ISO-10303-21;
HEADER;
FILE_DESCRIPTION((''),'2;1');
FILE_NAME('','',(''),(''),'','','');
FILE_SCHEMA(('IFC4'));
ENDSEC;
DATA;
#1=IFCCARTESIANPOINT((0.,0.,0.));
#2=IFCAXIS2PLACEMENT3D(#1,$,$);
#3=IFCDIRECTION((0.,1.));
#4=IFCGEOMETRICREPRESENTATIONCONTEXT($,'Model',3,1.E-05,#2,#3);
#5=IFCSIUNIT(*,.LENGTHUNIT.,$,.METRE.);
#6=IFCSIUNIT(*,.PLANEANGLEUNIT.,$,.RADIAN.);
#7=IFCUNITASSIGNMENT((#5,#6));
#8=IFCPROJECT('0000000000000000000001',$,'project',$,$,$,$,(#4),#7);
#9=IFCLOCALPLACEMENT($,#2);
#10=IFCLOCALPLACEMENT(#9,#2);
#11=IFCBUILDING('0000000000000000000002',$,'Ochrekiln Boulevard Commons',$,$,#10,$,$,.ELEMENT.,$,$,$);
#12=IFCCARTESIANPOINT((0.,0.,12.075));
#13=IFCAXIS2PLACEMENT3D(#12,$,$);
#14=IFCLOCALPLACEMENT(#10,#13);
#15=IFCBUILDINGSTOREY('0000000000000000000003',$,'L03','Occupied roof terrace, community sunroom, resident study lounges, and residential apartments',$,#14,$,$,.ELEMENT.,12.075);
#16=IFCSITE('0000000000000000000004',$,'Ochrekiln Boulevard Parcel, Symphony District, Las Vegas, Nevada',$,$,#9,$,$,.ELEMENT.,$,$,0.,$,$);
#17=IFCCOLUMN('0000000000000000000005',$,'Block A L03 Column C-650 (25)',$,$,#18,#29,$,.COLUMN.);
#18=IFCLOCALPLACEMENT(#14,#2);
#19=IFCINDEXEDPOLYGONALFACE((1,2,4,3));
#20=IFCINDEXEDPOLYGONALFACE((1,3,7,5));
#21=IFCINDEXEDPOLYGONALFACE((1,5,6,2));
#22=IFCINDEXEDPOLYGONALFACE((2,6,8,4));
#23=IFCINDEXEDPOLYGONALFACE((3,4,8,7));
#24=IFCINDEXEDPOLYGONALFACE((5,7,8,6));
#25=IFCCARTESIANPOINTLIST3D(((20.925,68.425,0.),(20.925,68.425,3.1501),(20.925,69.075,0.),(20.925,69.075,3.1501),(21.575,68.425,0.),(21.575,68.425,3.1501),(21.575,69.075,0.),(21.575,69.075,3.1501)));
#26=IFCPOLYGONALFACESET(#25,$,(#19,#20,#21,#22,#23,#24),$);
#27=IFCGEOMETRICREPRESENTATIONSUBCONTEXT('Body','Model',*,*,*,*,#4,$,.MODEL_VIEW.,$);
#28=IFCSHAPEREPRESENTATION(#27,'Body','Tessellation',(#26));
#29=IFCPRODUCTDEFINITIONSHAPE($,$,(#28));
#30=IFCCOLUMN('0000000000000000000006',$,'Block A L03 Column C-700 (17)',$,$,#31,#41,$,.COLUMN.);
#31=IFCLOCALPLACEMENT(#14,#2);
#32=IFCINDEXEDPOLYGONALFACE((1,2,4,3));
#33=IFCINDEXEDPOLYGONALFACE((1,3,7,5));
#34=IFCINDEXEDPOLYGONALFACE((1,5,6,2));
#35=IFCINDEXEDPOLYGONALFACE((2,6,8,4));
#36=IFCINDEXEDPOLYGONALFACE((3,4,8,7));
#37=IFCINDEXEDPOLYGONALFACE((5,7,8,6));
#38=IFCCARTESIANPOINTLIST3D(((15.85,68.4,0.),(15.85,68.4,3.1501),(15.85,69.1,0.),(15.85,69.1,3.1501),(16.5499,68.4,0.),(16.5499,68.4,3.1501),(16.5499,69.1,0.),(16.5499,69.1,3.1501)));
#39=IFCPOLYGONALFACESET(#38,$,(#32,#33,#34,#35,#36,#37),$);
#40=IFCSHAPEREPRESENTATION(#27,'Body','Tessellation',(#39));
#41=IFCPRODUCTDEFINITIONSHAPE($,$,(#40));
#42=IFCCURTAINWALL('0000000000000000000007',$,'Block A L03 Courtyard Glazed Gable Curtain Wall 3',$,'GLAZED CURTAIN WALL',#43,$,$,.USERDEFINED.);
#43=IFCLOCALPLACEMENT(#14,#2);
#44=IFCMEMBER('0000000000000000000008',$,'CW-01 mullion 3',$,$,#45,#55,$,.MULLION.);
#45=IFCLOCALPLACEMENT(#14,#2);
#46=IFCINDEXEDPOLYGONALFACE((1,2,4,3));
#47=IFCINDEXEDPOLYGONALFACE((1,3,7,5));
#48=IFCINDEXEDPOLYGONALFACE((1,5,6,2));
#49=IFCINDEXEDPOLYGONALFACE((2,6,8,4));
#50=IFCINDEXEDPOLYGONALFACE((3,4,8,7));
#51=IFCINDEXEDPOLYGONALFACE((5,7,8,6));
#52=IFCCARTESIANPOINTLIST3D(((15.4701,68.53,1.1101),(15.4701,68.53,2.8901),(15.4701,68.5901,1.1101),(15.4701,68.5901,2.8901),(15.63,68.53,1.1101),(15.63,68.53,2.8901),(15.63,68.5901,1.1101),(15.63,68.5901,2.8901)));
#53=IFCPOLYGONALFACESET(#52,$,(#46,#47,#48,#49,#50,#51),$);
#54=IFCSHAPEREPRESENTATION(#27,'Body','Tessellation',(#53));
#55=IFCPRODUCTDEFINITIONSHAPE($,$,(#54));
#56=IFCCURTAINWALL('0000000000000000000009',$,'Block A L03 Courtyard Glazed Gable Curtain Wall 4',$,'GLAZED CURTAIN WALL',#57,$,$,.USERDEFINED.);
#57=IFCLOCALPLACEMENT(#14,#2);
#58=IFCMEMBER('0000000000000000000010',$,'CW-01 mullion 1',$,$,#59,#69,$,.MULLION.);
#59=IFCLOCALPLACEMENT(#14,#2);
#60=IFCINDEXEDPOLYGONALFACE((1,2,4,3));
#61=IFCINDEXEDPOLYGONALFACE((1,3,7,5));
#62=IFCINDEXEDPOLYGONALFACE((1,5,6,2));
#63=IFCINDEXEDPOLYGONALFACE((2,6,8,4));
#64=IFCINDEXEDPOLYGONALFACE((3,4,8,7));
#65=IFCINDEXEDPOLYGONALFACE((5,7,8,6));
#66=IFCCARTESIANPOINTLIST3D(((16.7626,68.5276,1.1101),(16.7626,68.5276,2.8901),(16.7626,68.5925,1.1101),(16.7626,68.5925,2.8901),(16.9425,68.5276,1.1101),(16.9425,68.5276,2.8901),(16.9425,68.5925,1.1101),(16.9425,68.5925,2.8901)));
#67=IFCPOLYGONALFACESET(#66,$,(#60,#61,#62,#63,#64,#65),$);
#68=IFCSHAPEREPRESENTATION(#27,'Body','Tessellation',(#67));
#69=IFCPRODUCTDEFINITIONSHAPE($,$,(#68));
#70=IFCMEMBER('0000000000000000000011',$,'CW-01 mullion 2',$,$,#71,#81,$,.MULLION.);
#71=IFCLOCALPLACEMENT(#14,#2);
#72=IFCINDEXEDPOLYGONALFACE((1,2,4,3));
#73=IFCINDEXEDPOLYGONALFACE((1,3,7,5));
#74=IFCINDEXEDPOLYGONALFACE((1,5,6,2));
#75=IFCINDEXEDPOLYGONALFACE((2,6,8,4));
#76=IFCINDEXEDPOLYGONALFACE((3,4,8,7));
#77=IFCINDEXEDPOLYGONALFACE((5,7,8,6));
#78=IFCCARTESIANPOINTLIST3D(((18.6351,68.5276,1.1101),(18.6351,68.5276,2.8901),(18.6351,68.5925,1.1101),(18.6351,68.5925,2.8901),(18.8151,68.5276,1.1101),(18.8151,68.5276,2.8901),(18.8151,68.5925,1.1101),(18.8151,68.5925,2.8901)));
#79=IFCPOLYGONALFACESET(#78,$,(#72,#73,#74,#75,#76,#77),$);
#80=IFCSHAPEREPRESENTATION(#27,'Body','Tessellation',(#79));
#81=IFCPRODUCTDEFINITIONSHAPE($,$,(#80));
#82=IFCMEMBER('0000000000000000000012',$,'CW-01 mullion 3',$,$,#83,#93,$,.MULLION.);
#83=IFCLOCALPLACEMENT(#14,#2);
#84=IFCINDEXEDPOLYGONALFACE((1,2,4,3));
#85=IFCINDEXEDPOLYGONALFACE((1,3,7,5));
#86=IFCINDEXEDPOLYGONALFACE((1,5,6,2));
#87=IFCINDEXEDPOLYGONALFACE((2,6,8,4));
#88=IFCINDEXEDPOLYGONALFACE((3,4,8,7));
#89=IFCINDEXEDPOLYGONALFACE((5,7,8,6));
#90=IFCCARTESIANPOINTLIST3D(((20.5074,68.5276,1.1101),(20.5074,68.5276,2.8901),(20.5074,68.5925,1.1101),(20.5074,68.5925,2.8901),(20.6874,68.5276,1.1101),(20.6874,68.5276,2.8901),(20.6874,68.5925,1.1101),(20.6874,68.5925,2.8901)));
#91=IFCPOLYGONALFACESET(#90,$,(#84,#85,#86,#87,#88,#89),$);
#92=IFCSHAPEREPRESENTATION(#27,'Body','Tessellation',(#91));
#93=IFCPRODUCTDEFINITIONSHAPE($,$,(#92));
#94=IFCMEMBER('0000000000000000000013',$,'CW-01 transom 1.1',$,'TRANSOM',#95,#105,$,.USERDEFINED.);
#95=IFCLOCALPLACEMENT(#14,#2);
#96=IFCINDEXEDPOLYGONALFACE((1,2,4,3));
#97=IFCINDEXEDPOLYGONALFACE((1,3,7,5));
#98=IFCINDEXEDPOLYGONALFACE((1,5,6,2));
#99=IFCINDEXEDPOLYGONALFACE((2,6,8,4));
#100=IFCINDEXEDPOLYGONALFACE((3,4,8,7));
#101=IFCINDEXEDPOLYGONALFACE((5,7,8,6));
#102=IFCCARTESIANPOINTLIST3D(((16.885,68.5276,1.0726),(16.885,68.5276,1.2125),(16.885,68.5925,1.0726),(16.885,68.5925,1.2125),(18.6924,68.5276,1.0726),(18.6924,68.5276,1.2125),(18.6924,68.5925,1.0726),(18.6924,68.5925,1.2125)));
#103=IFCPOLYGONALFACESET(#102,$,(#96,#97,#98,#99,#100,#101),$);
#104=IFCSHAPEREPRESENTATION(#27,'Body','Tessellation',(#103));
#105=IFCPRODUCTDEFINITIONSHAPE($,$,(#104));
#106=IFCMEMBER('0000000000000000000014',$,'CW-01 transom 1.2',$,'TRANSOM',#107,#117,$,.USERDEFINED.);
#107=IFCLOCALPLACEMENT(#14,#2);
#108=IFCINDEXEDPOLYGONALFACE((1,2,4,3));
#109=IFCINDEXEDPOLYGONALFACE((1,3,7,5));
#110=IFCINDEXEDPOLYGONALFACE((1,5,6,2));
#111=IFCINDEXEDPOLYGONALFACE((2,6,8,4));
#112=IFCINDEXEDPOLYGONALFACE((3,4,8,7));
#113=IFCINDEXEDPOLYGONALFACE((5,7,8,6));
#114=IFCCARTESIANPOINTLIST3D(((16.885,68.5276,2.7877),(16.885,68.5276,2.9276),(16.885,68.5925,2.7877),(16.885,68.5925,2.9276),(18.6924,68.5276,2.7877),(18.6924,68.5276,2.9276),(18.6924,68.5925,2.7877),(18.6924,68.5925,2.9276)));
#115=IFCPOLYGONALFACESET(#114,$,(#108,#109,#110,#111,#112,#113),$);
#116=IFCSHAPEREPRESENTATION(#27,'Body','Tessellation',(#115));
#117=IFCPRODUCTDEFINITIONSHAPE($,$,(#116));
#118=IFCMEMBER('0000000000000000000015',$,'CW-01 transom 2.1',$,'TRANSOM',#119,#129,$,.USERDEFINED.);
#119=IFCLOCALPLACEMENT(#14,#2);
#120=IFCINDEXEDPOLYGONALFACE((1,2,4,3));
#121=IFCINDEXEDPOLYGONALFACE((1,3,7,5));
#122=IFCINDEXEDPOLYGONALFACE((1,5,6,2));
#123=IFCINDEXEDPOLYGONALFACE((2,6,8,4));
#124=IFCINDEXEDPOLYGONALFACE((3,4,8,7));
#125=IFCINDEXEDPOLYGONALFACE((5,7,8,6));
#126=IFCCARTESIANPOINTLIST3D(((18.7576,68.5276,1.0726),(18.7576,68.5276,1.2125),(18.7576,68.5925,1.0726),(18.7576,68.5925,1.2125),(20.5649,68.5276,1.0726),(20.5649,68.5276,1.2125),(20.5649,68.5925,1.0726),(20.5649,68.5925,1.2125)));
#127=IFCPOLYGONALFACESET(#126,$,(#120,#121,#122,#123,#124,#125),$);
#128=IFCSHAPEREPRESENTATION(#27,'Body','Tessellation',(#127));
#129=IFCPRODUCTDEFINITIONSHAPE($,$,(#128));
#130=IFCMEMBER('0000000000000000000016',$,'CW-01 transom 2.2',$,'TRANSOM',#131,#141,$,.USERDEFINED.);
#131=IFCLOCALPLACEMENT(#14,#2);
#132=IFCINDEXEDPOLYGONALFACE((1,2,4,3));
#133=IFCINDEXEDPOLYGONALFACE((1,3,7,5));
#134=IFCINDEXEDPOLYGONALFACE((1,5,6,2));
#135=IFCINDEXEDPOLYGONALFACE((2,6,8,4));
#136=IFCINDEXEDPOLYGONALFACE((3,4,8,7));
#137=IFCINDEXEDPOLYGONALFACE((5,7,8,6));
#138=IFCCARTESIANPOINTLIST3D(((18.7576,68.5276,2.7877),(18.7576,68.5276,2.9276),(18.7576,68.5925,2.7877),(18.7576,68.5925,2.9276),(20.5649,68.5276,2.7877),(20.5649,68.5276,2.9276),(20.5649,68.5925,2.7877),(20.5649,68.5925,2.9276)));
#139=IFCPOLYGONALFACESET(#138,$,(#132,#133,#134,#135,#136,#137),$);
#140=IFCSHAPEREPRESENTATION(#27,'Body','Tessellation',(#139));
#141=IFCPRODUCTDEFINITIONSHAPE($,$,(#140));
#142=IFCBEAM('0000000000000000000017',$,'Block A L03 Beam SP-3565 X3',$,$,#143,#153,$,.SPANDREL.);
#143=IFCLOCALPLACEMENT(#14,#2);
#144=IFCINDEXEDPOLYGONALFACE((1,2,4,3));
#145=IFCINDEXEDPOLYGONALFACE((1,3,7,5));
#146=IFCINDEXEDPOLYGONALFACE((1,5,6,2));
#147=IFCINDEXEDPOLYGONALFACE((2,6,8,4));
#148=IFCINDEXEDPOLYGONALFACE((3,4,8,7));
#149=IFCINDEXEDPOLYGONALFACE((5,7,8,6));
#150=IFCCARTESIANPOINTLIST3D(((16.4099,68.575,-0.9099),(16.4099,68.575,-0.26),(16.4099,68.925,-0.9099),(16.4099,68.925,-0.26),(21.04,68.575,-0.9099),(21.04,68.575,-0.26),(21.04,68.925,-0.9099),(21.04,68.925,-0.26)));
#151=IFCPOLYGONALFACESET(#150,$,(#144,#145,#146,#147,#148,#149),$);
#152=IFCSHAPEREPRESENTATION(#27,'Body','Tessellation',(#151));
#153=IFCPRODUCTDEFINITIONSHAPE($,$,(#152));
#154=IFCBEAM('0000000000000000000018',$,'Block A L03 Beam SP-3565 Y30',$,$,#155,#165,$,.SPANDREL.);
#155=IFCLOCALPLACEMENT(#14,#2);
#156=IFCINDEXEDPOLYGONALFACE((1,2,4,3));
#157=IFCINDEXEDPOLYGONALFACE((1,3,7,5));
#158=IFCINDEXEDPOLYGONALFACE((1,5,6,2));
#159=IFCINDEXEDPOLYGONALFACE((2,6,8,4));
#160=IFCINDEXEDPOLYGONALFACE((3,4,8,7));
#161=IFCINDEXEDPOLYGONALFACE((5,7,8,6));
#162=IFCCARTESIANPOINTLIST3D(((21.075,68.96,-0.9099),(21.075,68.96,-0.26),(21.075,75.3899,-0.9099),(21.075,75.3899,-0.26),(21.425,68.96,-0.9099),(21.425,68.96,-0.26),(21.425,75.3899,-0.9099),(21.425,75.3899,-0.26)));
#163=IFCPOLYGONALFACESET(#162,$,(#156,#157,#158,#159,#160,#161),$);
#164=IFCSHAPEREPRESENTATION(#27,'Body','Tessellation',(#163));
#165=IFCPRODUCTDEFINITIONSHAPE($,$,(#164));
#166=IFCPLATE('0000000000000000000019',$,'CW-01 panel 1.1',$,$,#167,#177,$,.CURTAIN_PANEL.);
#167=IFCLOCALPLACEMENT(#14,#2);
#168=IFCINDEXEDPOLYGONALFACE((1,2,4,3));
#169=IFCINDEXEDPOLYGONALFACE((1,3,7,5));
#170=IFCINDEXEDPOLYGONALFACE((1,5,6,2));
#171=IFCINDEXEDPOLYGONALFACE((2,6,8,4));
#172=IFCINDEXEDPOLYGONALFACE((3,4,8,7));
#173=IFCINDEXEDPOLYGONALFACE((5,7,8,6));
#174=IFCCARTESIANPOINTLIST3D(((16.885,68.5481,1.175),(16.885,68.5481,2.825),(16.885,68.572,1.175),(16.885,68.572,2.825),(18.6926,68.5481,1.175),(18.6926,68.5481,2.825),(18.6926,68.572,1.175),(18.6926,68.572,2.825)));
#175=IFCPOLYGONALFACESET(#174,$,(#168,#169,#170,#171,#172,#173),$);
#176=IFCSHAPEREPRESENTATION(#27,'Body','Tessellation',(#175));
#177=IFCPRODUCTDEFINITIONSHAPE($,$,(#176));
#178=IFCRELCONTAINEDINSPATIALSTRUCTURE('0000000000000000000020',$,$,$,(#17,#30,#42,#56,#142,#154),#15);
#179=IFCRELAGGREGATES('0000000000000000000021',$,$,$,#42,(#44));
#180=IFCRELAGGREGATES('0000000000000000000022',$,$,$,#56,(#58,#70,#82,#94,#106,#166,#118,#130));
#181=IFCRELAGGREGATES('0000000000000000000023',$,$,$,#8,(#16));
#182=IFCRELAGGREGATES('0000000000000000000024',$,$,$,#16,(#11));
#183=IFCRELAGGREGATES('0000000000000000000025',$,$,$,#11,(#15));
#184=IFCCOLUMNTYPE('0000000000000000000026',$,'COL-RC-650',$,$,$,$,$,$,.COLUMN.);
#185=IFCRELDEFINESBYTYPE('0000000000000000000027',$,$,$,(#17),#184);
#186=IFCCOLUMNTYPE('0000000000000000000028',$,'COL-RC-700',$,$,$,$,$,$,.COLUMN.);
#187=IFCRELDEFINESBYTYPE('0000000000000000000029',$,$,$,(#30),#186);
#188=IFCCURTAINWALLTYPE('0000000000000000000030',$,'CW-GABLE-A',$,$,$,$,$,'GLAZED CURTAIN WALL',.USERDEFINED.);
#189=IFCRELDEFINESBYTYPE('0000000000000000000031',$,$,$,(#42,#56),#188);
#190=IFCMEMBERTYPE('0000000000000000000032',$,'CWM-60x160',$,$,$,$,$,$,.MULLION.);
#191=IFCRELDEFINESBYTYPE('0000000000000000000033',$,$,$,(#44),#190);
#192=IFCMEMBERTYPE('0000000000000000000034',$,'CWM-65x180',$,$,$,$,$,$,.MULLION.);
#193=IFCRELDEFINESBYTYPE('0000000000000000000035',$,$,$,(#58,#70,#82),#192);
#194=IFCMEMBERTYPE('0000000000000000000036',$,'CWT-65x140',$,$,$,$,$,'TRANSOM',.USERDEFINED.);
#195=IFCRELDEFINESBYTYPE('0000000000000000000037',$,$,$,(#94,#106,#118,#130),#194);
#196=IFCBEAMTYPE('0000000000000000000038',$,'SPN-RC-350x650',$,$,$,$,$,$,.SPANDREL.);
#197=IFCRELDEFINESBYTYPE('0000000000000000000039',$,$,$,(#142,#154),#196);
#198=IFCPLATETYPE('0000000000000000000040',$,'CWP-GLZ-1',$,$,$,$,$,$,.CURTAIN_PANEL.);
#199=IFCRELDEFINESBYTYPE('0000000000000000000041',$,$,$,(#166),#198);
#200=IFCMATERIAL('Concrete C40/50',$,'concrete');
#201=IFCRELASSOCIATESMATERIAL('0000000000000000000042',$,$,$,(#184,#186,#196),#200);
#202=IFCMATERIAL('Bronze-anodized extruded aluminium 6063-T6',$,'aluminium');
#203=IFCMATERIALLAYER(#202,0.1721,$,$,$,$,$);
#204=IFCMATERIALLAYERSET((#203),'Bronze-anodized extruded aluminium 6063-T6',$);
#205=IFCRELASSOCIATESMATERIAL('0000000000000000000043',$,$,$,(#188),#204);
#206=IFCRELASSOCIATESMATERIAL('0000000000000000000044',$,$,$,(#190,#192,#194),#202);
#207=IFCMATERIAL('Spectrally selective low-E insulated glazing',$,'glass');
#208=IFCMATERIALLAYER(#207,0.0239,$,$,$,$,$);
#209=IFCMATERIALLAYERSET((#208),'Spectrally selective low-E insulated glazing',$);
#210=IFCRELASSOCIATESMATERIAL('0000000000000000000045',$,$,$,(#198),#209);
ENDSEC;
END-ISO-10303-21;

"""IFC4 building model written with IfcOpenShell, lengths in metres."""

from ifc_helpers import new_model, si_unit, direction, frame, origin, origin_2d, place, context, subcontext, project, spatial, rectangle, extrude, material, layer, layer_set, material_profile, profile_set, type_object, element, aggregate, save


model = new_model("IFC4")

# Units and contexts
model_context = context("Model", 3, precision=1e-05, world=origin(), true_north=direction((0.0, 1.0)))
body_context = subcontext(model_context, "Body", "Model", "MODEL_VIEW")
ifc_project = project(units=[si_unit("LENGTHUNIT", "METRE"), si_unit("PLANEANGLEUNIT", "RADIAN")], contexts=[model_context])

# Site, building, storey
site_placement = place(None, origin())
site = spatial("IfcSite", under=ifc_project, at=site_placement, Name="Ochrekiln Boulevard Parcel, Symphony District, Las Vegas, Nevada", CompositionType="ELEMENT", RefElevation=0.0)
building_placement = place(site_placement, origin())
building = spatial("IfcBuilding", under=site, at=building_placement, Name="Ochrekiln Boulevard Commons", CompositionType="ELEMENT")
storey_placement = place(building_placement, frame((0.0, 0.0, 12.075)))
storey = spatial("IfcBuildingStorey", under=building, at=storey_placement, Name="L03", Description="Occupied roof terrace, community sunroom, resident study lounges, and residential apartments", CompositionType="ELEMENT", Elevation=12.075)

# Columns
ifc_material_1 = material(Name="Concrete C40/50", Category="concrete")
ifc_material_profile_1 = material_profile(ifc_material_1, rectangle(XDim=0.6499, YDim=0.6499, at=origin_2d()), Name="RC-COL-650x650")
ifc_profile_set_1 = profile_set([ifc_material_profile_1], Name="Concrete C40/50")
column_type_1 = type_object("IfcColumnType", Name="COL-RC-650", PredefinedType="COLUMN", material=ifc_profile_set_1)
column_1_placement = place(storey_placement, frame((21.25, 68.75, 0.0), z_axis=(0.0, 0.0, 1.0), x_axis=(1.0, 0.0, 0.0)))
element("IfcColumn", 1, at=column_1_placement, inside=storey, type_object=column_type_1, Name="Block A L03 Column C-650 (25)", PredefinedType="COLUMN", context=body_context, shape_type="SweptSolid", body=[
    extrude(rectangle(XDim=0.6499, YDim=0.6499, at=origin_2d()), origin(), (0.0, 0.0, 1.0), 3.1501),
])
ifc_material_profile_2 = material_profile(ifc_material_1, rectangle(XDim=0.7, YDim=0.7, at=origin_2d()), Name="RC-COL-700x700")
ifc_profile_set_2 = profile_set([ifc_material_profile_2], Name="Concrete C40/50")
column_type_2 = type_object("IfcColumnType", Name="COL-RC-700", PredefinedType="COLUMN", material=ifc_profile_set_2)
column_2_placement = place(storey_placement, frame((16.2, 68.75, 0.0), z_axis=(0.0, 0.0, 1.0), x_axis=(1.0, 0.0, 0.0)))
element("IfcColumn", 2, at=column_2_placement, inside=storey, type_object=column_type_2, Name="Block A L03 Column C-700 (17)", PredefinedType="COLUMN", context=body_context, shape_type="SweptSolid", body=[
    extrude(rectangle(XDim=0.7, YDim=0.7, at=origin_2d()), origin(), (0.0, 0.0, 1.0), 3.1501),
])

# Curtain wall, member
ifc_material_2 = material(Name="Bronze-anodized extruded aluminium 6063-T6", Category="aluminium")
ifc_layer_1 = layer(ifc_material_2, 0.1721)
ifc_layer_set_1 = layer_set([ifc_layer_1], Name="Bronze-anodized extruded aluminium 6063-T6")
curtain_wall_type = type_object("IfcCurtainWallType", Name="CW-GABLE-A", ElementType="GLAZED CURTAIN WALL", PredefinedType="USERDEFINED", material=ifc_layer_set_1)
curtain_wall_1_placement = place(storey_placement, origin())
curtain_wall_1 = element("IfcCurtainWall", 3, at=curtain_wall_1_placement, inside=storey, type_object=curtain_wall_type, Name="Block A L03 Courtyard Glazed Gable Curtain Wall 3", ObjectType="GLAZED CURTAIN WALL", PredefinedType="USERDEFINED")
ifc_material_profile_3 = material_profile(ifc_material_2, rectangle(XDim=0.0601, YDim=0.1599, at=origin_2d()), Name="ALU-MUL-60x160")
ifc_profile_set_3 = profile_set([ifc_material_profile_3], Name="Bronze-anodized extruded aluminium 6063-T6")
member_type_1 = type_object("IfcMemberType", Name="CWM-60x160", PredefinedType="MULLION", material=ifc_profile_set_3)
member_1_placement = place(storey_placement, frame((15.55, 68.5601, 1.1101), z_axis=(0.0, 0.0, 1.0), x_axis=(0.0, 1.0, 0.0)))
member_1 = element("IfcMember", 4, at=member_1_placement, type_object=member_type_1, Name="CW-01 mullion 3", PredefinedType="MULLION", context=body_context, shape_type="SweptSolid", body=[
    extrude(rectangle(XDim=0.0601, YDim=0.1599, at=origin_2d()), origin(), (0.0, 0.0, 1.0), 1.78),
])
aggregate(curtain_wall_1, [member_1])

# Curtain wall, members
curtain_wall_2_placement = place(storey_placement, origin())
curtain_wall_2 = element("IfcCurtainWall", 5, at=curtain_wall_2_placement, inside=storey, type_object=curtain_wall_type, Name="Block A L03 Courtyard Glazed Gable Curtain Wall 4", ObjectType="GLAZED CURTAIN WALL", PredefinedType="USERDEFINED")
ifc_material_profile_4 = material_profile(ifc_material_2, rectangle(XDim=0.0649, YDim=0.1799, at=origin_2d()), Name="ALU-MUL-65x180")
ifc_profile_set_4 = profile_set([ifc_material_profile_4], Name="Bronze-anodized extruded aluminium 6063-T6")
member_type_2 = type_object("IfcMemberType", Name="CWM-65x180", PredefinedType="MULLION", material=ifc_profile_set_4)
member_2_placement = place(storey_placement, frame((16.8525, 68.5601, 1.1101), z_axis=(0.0, 0.0, 1.0), x_axis=(0.0, 1.0, 0.0)))
member_2 = element("IfcMember", 6, at=member_2_placement, type_object=member_type_2, Name="CW-01 mullion 1", PredefinedType="MULLION", context=body_context, shape_type="SweptSolid", body=[
    extrude(rectangle(XDim=0.0649, YDim=0.1799, at=origin_2d()), origin(), (0.0, 0.0, 1.0), 1.78),
])
member_3_placement = place(storey_placement, frame((18.7251, 68.5601, 1.1101), z_axis=(0.0, 0.0, 1.0), x_axis=(0.0, 1.0, 0.0)))
member_3 = element("IfcMember", 7, at=member_3_placement, type_object=member_type_2, Name="CW-01 mullion 2", PredefinedType="MULLION", context=body_context, shape_type="SweptSolid", body=[
    extrude(rectangle(XDim=0.0649, YDim=0.1799, at=origin_2d()), origin(), (0.0, 0.0, 1.0), 1.78),
])
member_4_placement = place(storey_placement, frame((20.5974, 68.5601, 1.1101), z_axis=(0.0, 0.0, 1.0), x_axis=(0.0, 1.0, 0.0)))
member_4 = element("IfcMember", 8, at=member_4_placement, type_object=member_type_2, Name="CW-01 mullion 3", PredefinedType="MULLION", context=body_context, shape_type="SweptSolid", body=[
    extrude(rectangle(XDim=0.0649, YDim=0.1799, at=origin_2d()), origin(), (0.0, 0.0, 1.0), 1.78),
])
ifc_material_profile_5 = material_profile(ifc_material_2, rectangle(XDim=0.0649, YDim=0.1399, at=origin_2d()), Name="ALU-TRN-65x140")
ifc_profile_set_5 = profile_set([ifc_material_profile_5], Name="Bronze-anodized extruded aluminium 6063-T6")
member_type_3 = type_object("IfcMemberType", Name="CWT-65x140", ElementType="TRANSOM", PredefinedType="USERDEFINED", material=ifc_profile_set_5)
member_5_placement = place(storey_placement, frame((16.885, 68.5601, 1.1426), z_axis=(1.0, 0.0, 0.0), x_axis=(0.0, 1.0, 0.0)))
member_5 = element("IfcMember", 9, at=member_5_placement, type_object=member_type_3, Name="CW-01 transom 1.1", ObjectType="TRANSOM", PredefinedType="USERDEFINED", context=body_context, shape_type="SweptSolid", body=[
    extrude(rectangle(XDim=0.0649, YDim=0.1399, at=origin_2d()), origin(), (0.0, 0.0, 1.0), 1.8074),
])
member_6_placement = place(storey_placement, frame((16.885, 68.5601, 2.8577), z_axis=(1.0, 0.0, 0.0), x_axis=(0.0, 1.0, 0.0)))
member_6 = element("IfcMember", 10, at=member_6_placement, type_object=member_type_3, Name="CW-01 transom 1.2", ObjectType="TRANSOM", PredefinedType="USERDEFINED", context=body_context, shape_type="SweptSolid", body=[
    extrude(rectangle(XDim=0.0649, YDim=0.1399, at=origin_2d()), origin(), (0.0, 0.0, 1.0), 1.8074),
])
member_7_placement = place(storey_placement, frame((18.7576, 68.5601, 1.1426), z_axis=(1.0, 0.0, 0.0), x_axis=(0.0, 1.0, 0.0)))
member_7 = element("IfcMember", 11, at=member_7_placement, type_object=member_type_3, Name="CW-01 transom 2.1", ObjectType="TRANSOM", PredefinedType="USERDEFINED", context=body_context, shape_type="SweptSolid", body=[
    extrude(rectangle(XDim=0.0649, YDim=0.1399, at=origin_2d()), origin(), (0.0, 0.0, 1.0), 1.8074),
])
member_8_placement = place(storey_placement, frame((18.7576, 68.5601, 2.8577), z_axis=(1.0, 0.0, 0.0), x_axis=(0.0, 1.0, 0.0)))
member_8 = element("IfcMember", 12, at=member_8_placement, type_object=member_type_3, Name="CW-01 transom 2.2", ObjectType="TRANSOM", PredefinedType="USERDEFINED", context=body_context, shape_type="SweptSolid", body=[
    extrude(rectangle(XDim=0.0649, YDim=0.1399, at=origin_2d()), origin(), (0.0, 0.0, 1.0), 1.8074),
])

# Beams
ifc_material_profile_6 = material_profile(ifc_material_1, rectangle(XDim=0.3501, YDim=0.6499, at=origin_2d()), Name="RC-SPN-350x650")
ifc_profile_set_6 = profile_set([ifc_material_profile_6], Name="Concrete C40/50")
beam_type = type_object("IfcBeamType", Name="SPN-RC-350x650", PredefinedType="SPANDREL", material=ifc_profile_set_6)
beam_1_placement = place(storey_placement, frame((16.4099, 68.75, -0.585), z_axis=(1.0, 0.0, 0.0), x_axis=(0.0, 1.0, 0.0)))
element("IfcBeam", 13, at=beam_1_placement, inside=storey, type_object=beam_type, Name="Block A L03 Beam SP-3565 X3", PredefinedType="SPANDREL", context=body_context, shape_type="SweptSolid", body=[
    extrude(rectangle(XDim=0.3501, YDim=0.6499, at=origin_2d()), origin(), (0.0, 0.0, 1.0), 4.6301),
])
beam_2_placement = place(storey_placement, frame((21.25, 68.96, -0.585), z_axis=(0.0, 1.0, 0.0), x_axis=(-1.0, 0.0, 0.0)))
element("IfcBeam", 14, at=beam_2_placement, inside=storey, type_object=beam_type, Name="Block A L03 Beam SP-3565 Y30", PredefinedType="SPANDREL", context=body_context, shape_type="SweptSolid", body=[
    extrude(rectangle(XDim=0.3501, YDim=0.6499, at=origin_2d()), origin(), (0.0, 0.0, 1.0), 6.4299),
])

# Plate
ifc_material_3 = material(Name="Spectrally selective low-E insulated glazing", Category="glass")
ifc_layer_2 = layer(ifc_material_3, 0.0239)
ifc_layer_set_2 = layer_set([ifc_layer_2], Name="Spectrally selective low-E insulated glazing")
plate_type = type_object("IfcPlateType", Name="CWP-GLZ-1", PredefinedType="CURTAIN_PANEL", material=ifc_layer_set_2)
plate_1_placement = place(storey_placement, frame((17.7888, 68.5601, 1.175), z_axis=(0.0, 0.0, 1.0), x_axis=(1.0, 0.0, 0.0)))
plate_1 = element("IfcPlate", 15, at=plate_1_placement, type_object=plate_type, Name="CW-01 panel 1.1", PredefinedType="CURTAIN_PANEL", context=body_context, shape_type="SweptSolid", body=[
    extrude(rectangle(XDim=1.8076, YDim=0.0239, at=origin_2d()), origin(), (0.0, 0.0, 1.0), 1.6499),
])
aggregate(curtain_wall_2, [member_2, member_3, member_4, member_5, member_6, plate_1, member_7, member_8])

save(model, "model.ifc")
